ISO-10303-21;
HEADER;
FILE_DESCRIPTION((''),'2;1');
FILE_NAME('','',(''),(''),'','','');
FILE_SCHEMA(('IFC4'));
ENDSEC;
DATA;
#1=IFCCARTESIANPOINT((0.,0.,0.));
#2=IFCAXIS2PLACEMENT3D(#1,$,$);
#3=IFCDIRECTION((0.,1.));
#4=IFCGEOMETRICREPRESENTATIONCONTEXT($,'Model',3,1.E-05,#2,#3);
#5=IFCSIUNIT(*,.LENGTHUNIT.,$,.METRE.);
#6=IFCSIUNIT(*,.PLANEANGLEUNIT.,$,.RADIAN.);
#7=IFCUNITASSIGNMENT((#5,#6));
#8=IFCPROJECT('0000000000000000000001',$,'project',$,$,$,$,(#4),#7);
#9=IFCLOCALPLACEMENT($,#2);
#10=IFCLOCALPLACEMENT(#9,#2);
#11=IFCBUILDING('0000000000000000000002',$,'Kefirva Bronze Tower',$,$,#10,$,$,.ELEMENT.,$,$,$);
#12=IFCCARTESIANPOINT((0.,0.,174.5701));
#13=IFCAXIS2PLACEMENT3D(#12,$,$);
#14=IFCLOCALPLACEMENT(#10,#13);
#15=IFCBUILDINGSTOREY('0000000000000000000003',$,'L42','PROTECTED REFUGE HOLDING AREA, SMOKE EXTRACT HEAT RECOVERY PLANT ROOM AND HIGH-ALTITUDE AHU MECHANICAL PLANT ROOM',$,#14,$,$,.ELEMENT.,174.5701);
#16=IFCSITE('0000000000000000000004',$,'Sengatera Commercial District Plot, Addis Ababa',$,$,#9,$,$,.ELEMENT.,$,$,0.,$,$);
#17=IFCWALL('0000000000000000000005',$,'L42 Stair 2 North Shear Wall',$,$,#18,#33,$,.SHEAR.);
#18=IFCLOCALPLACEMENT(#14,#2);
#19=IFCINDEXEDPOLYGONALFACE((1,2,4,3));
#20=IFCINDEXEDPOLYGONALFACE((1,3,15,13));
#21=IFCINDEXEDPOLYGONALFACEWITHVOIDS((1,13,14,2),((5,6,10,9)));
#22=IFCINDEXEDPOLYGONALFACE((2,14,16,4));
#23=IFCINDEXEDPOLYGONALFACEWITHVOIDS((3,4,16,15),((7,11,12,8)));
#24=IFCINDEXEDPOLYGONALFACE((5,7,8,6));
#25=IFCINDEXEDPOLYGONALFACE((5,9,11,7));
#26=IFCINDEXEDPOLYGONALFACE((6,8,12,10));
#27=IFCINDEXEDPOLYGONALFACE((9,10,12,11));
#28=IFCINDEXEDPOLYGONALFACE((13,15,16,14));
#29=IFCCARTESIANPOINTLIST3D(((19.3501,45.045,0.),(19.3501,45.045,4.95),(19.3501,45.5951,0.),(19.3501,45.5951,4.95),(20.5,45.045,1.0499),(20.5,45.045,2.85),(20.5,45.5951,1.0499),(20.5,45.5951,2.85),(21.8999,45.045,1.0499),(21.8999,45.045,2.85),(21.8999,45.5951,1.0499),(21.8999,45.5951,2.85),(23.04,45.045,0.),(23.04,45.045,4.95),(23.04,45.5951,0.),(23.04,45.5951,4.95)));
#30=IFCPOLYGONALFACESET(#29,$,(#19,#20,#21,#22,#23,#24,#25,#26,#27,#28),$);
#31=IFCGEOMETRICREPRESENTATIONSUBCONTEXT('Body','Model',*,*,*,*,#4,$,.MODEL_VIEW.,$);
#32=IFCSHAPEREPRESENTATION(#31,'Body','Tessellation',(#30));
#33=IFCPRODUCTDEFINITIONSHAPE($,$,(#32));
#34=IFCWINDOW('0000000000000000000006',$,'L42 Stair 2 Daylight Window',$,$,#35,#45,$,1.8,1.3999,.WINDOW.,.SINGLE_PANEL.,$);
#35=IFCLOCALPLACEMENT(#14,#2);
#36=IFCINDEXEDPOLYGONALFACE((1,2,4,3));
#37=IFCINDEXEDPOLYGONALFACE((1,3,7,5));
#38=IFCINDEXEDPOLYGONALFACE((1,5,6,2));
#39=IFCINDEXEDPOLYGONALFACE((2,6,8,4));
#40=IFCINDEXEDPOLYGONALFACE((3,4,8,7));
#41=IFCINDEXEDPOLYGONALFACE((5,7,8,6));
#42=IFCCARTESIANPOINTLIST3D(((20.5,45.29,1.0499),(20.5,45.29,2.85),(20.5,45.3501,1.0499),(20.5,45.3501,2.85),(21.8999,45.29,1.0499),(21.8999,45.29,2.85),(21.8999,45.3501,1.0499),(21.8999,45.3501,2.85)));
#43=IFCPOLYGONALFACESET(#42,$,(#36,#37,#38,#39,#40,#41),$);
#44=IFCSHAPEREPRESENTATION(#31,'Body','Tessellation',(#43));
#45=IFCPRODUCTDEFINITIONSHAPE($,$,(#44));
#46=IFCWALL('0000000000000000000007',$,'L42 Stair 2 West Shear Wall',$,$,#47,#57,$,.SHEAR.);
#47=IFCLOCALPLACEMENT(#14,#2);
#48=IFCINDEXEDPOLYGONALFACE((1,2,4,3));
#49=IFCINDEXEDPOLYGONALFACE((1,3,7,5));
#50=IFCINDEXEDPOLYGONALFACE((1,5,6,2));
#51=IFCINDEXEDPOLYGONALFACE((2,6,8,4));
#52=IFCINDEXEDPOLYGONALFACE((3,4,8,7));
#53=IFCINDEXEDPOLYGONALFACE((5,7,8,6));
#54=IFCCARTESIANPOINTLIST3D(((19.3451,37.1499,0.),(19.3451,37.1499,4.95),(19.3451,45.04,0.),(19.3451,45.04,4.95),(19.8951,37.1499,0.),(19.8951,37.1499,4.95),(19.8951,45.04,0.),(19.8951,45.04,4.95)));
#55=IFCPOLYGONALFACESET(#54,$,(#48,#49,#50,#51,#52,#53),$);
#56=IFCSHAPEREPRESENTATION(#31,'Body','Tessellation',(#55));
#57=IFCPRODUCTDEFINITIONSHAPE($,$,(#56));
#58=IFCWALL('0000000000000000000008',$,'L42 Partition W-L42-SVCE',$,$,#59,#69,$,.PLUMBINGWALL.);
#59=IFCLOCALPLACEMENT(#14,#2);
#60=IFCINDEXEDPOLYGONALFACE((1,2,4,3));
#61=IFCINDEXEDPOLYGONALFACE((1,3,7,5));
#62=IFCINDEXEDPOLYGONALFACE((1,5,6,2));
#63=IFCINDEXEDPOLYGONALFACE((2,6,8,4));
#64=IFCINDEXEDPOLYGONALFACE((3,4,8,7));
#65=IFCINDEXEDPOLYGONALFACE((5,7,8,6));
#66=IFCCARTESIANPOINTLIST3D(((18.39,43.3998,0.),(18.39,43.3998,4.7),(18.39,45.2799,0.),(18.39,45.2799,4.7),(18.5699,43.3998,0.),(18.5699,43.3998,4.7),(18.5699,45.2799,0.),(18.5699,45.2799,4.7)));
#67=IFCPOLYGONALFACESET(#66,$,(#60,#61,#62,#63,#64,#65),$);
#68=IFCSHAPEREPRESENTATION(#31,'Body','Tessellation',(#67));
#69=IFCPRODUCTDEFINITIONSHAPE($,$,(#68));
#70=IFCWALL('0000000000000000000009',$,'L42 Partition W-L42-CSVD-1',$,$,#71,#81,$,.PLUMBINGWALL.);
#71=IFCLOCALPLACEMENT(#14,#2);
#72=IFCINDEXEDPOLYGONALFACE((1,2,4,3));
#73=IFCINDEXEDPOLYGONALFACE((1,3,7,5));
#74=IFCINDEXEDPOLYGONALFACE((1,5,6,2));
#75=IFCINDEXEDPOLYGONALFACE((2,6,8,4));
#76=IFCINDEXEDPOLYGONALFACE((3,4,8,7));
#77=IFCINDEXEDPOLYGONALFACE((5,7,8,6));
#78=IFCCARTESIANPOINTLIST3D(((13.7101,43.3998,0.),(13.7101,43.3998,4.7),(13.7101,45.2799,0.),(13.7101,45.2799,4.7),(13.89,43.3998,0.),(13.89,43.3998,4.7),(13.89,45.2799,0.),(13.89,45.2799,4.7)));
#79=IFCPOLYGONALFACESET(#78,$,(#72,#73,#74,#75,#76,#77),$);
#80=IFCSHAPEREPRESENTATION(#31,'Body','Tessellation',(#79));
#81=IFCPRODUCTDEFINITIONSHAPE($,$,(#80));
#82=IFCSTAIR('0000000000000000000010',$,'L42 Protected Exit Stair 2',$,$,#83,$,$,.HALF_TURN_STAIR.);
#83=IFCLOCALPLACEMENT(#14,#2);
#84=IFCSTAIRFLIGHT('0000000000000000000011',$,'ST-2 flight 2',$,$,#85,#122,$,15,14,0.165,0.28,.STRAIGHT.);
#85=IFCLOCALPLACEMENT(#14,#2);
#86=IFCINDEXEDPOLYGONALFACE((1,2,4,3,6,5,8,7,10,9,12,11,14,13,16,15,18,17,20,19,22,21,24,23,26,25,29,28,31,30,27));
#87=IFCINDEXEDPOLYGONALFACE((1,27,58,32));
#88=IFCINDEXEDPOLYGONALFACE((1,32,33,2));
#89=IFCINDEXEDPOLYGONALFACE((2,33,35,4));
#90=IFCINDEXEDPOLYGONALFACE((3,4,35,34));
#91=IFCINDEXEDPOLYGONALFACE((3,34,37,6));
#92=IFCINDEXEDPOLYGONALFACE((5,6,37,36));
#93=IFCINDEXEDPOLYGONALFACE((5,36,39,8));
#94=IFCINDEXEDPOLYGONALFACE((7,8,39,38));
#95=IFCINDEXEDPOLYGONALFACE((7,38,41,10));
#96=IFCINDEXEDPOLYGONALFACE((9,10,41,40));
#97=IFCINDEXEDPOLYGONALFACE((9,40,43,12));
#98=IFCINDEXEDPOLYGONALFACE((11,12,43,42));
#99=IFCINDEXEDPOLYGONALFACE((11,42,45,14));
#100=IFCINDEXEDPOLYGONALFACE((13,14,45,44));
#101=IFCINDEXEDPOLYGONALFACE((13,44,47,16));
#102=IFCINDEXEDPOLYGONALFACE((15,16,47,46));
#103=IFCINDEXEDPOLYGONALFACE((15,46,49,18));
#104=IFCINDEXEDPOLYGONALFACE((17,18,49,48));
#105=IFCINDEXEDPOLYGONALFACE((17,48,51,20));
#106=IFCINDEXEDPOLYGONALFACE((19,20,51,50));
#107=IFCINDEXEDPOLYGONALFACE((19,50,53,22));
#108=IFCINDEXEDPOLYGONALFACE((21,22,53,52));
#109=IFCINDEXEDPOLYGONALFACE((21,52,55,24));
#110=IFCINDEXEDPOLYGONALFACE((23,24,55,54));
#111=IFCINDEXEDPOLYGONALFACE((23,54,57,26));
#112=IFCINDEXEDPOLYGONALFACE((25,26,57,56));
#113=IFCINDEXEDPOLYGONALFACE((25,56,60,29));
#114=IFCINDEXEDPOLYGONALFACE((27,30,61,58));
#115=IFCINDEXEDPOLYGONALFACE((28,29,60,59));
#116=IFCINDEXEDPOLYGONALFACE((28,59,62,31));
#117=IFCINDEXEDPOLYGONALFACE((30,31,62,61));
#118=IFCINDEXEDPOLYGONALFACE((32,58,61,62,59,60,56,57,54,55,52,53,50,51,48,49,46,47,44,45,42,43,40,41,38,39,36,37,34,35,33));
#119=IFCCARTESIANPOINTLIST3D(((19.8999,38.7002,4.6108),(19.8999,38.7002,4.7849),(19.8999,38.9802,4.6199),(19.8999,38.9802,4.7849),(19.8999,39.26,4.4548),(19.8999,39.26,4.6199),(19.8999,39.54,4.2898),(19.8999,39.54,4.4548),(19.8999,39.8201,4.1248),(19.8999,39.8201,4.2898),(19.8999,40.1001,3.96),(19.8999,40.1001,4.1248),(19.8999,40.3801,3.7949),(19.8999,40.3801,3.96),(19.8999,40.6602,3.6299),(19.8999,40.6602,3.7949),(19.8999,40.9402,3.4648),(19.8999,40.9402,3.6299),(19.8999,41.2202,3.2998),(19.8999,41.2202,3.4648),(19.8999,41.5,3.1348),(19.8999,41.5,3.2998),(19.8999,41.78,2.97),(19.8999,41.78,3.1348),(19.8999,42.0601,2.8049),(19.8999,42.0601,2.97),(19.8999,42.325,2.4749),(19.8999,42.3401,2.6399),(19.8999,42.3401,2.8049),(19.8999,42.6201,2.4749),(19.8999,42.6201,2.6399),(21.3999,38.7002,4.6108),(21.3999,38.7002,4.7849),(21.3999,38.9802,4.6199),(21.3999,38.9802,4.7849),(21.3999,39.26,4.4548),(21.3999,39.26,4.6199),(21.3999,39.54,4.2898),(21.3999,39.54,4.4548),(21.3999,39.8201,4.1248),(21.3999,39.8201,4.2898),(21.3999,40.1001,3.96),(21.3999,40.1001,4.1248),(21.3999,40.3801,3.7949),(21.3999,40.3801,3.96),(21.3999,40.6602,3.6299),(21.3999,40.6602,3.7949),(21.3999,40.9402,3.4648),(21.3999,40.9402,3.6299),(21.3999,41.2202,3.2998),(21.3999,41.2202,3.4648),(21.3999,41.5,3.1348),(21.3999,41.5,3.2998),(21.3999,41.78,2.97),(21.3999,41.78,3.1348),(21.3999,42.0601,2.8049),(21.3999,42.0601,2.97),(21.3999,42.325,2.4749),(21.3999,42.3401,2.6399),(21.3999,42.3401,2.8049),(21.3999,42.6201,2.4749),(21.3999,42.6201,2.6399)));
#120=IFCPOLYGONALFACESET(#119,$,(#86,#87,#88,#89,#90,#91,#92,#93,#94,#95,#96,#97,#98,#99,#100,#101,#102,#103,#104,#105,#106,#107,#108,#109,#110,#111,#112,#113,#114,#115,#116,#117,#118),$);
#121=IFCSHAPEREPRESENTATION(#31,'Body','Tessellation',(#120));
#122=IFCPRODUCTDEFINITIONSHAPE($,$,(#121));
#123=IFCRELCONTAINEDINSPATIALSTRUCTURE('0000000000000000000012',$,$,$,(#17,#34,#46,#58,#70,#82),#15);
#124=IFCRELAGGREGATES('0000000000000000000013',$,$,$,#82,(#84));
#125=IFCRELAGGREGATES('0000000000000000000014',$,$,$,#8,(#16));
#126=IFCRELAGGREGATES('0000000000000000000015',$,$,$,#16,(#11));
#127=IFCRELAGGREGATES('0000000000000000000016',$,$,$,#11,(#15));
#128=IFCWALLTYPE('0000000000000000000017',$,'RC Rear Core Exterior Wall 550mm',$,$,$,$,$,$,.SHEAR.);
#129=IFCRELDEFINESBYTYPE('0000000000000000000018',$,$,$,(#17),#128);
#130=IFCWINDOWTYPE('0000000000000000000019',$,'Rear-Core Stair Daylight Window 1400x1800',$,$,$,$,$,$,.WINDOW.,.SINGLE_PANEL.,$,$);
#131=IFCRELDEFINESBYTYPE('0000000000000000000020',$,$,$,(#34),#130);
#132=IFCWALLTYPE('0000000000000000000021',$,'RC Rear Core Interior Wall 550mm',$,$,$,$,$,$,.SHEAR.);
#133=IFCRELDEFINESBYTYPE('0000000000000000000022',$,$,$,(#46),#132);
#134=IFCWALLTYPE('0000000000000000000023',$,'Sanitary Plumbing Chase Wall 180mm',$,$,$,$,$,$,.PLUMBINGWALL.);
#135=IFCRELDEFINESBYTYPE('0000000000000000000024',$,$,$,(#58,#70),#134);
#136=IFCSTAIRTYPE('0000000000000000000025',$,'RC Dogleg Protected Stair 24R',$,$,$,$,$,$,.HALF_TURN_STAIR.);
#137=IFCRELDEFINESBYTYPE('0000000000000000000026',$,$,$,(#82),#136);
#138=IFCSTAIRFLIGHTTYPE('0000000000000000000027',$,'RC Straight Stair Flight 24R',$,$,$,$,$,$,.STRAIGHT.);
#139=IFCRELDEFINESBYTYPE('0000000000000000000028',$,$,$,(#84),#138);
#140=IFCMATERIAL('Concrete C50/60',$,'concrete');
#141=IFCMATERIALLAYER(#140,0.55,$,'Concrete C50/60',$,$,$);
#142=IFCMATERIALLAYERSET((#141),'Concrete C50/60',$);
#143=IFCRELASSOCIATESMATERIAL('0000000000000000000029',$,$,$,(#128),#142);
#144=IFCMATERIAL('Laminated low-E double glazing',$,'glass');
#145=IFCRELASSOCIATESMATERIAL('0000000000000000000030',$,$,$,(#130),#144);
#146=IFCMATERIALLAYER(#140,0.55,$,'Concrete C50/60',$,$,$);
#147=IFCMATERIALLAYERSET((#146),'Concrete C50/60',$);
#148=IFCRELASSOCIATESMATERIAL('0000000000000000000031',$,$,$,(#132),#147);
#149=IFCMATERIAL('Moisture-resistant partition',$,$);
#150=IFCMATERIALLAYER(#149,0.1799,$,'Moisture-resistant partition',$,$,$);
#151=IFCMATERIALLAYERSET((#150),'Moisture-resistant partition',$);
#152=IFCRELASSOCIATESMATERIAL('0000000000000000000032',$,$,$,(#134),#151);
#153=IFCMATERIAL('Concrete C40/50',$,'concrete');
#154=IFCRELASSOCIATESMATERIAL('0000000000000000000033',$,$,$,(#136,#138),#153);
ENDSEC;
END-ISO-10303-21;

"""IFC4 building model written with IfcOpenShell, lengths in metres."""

from ifc_helpers import new_model, si_unit, direction, frame, frame_2d, origin, place, context, subcontext, project, spatial, polyline, rectangle, outline, extrude, material, layer, layer_set, type_object, element, fill, aggregate, save


model = new_model("IFC4")

# Units and contexts
model_context = context("Model", 3, precision=1e-05, world=origin(), true_north=direction((0.0, 1.0)))
body_context = subcontext(model_context, "Body", "Model", "MODEL_VIEW")
ifc_project = project(units=[si_unit("LENGTHUNIT", "METRE"), si_unit("PLANEANGLEUNIT", "RADIAN")], contexts=[model_context])

# Site, building, storey
site_placement = place(None, origin())
site = spatial("IfcSite", under=ifc_project, at=site_placement, Name="Sengatera Commercial District Plot, Addis Ababa", CompositionType="ELEMENT", RefElevation=0.0)
building_placement = place(site_placement, origin())
building = spatial("IfcBuilding", under=site, at=building_placement, Name="Kefirva Bronze Tower", CompositionType="ELEMENT")
storey_placement = place(building_placement, frame((0.0, 0.0, 174.5701)))
storey = spatial("IfcBuildingStorey", under=building, at=storey_placement, Name="L42", Description="PROTECTED REFUGE HOLDING AREA, SMOKE EXTRACT HEAT RECOVERY PLANT ROOM AND HIGH-ALTITUDE AHU MECHANICAL PLANT ROOM", CompositionType="ELEMENT", Elevation=174.5701)

# Shared definitions
ifc_material_1 = material(Name="Concrete C50/60", Category="concrete")

# Wall, opening, window
ifc_layer_1 = layer(ifc_material_1, 0.55, Name="Concrete C50/60")
ifc_layer_set_1 = layer_set([ifc_layer_1], Name="Concrete C50/60")
wall_type_1 = type_object("IfcWallType", Name="RC Rear Core Exterior Wall 550mm", PredefinedType="SHEAR", material=ifc_layer_set_1)
wall_1_placement = place(storey_placement, frame((19.3501, 45.3201, 0.0), z_axis=(0.0, 0.0, 1.0), x_axis=(1.0, 0.0, 0.0)))
wall_1 = element("IfcWall", 1, at=wall_1_placement, inside=storey, type_object=wall_type_1, Name="L42 Stair 2 North Shear Wall", PredefinedType="SHEAR", context=body_context, shape_type="SweptSolid", body=[
    extrude(rectangle(XDim=3.6899, YDim=0.55, at=frame_2d((1.845, 0.0))), origin(), (0.0, 0.0, 1.0), 4.95),
])
opening_1_placement = place(wall_1_placement, frame((1.1499, 0.0, 1.05)))
opening_1 = element("IfcOpeningElement", 2, at=opening_1_placement, cuts=wall_1, PredefinedType="OPENING", context=body_context, shape_type="SweptSolid", body=[
    extrude(rectangle(XDim=1.3999, YDim=1.8, at=frame_2d((0.7, 0.8999))), frame((0.0, 0.2852, 0.0), z_axis=(0.0, -1.0, 0.0), x_axis=(1.0, 0.0, 0.0)), (0.0, 0.0, 1.0), 0.5701),
])
ifc_material_2 = material(Name="Laminated low-E double glazing", Category="glass")
window_type = type_object("IfcWindowType", Name="Rear-Core Stair Daylight Window 1400x1800", PartitioningType="SINGLE_PANEL", PredefinedType="WINDOW", material=ifc_material_2)
window_placement = place(opening_1_placement, origin())
window = element("IfcWindow", 3, at=window_placement, inside=storey, type_object=window_type, Name="L42 Stair 2 Daylight Window", OverallHeight=1.8, OverallWidth=1.3999, PartitioningType="SINGLE_PANEL", PredefinedType="WINDOW", context=body_context, shape_type="SweptSolid", body=[
    extrude(rectangle(XDim=1.3999, YDim=1.8, at=frame_2d((0.7, 0.8999))), frame((0.0, 0.03, 0.0), z_axis=(0.0, -1.0, 0.0), x_axis=(1.0, 0.0, 0.0)), (0.0, 0.0, 1.0), 0.0601),
])
fill(opening_1, window)

# Walls
ifc_layer_2 = layer(ifc_material_1, 0.55, Name="Concrete C50/60")
ifc_layer_set_2 = layer_set([ifc_layer_2], Name="Concrete C50/60")
wall_type_2 = type_object("IfcWallType", Name="RC Rear Core Interior Wall 550mm", PredefinedType="SHEAR", material=ifc_layer_set_2)
wall_2_placement = place(storey_placement, frame((19.6201, 37.1499, 0.0), z_axis=(0.0, 0.0, 1.0), x_axis=(0.0, 1.0, 0.0)))
element("IfcWall", 4, at=wall_2_placement, inside=storey, type_object=wall_type_2, Name="L42 Stair 2 West Shear Wall", PredefinedType="SHEAR", context=body_context, shape_type="SweptSolid", body=[
    extrude(rectangle(XDim=7.8901, YDim=0.55, at=frame_2d((3.9451, 0.0))), origin(), (0.0, 0.0, 1.0), 4.95),
])
ifc_material_3 = material(Name="Moisture-resistant partition")
ifc_layer_3 = layer(ifc_material_3, 0.1799, Name="Moisture-resistant partition")
ifc_layer_set_3 = layer_set([ifc_layer_3], Name="Moisture-resistant partition")
wall_type_3 = type_object("IfcWallType", Name="Sanitary Plumbing Chase Wall 180mm", PredefinedType="PLUMBINGWALL", material=ifc_layer_set_3)
for number, where, z_axis, x_axis, name in (
    (5, (18.48, 43.3999, 0.0), (0.0, 0.0, 1.0), (0.0, 1.0, 0.0), "L42 Partition W-L42-SVCE"),
    (6, (13.8, 43.3999, 0.0), (0.0, 0.0, 1.0), (0.0, 1.0, 0.0), "L42 Partition W-L42-CSVD-1"),
):
    element("IfcWall", number, at=place(storey_placement, frame(where, z_axis=z_axis, x_axis=x_axis)), inside=storey, type_object=wall_type_3, Name=name, PredefinedType="PLUMBINGWALL", context=body_context, shape_type="SweptSolid", body=[
        extrude(rectangle(XDim=1.8801, YDim=0.1799, at=frame_2d((0.9399, 0.0))), origin(), (0.0, 0.0, 1.0), 4.7),
    ])

# Stair, stair flight
ifc_material_4 = material(Name="Concrete C40/50", Category="concrete")
stair_type = type_object("IfcStairType", Name="RC Dogleg Protected Stair 24R", PredefinedType="HALF_TURN_STAIR", material=ifc_material_4)
stair_placement = place(storey_placement, origin())
stair = element("IfcStair", 7, at=stair_placement, inside=storey, type_object=stair_type, Name="L42 Protected Exit Stair 2", PredefinedType="HALF_TURN_STAIR")
stair_flight_type = type_object("IfcStairFlightType", Name="RC Straight Stair Flight 24R", PredefinedType="STRAIGHT", material=ifc_material_4)
stair_flight_placement = place(storey_placement, frame((20.6499, 42.6201, 2.4749), z_axis=(0.0, 0.0, 1.0), x_axis=(0.0, -1.0, 0.0)))
stair_flight = element("IfcStairFlight", 8, at=stair_flight_placement, type_object=stair_flight_type, Name="ST-2 flight 2", NumberOfRisers=15, NumberOfTreads=14, PredefinedType="STRAIGHT", RiserHeight=0.165, TreadLength=0.28, context=body_context, shape_type="SweptSolid", body=[
    extrude(outline(polyline([(0.0, 0.0), (0.0, 0.165), (0.28, 0.165), (0.28, 0.3301), (0.5601, 0.3301), (0.5601, 0.4951), (0.8401, 0.4951), (0.8401, 0.6599), (1.1201, 0.6599), (1.1201, 0.825), (1.3999, 0.825), (1.3999, 0.99), (1.6799, 0.99), (1.6799, 1.155), (1.96, 1.155), (1.96, 1.3201), (2.24, 1.3201), (2.24, 1.4851), (2.52, 1.4851), (2.52, 1.6499), (2.8, 1.6499), (2.8, 1.8149), (3.0801, 1.8149), (3.0801, 1.98), (3.3601, 1.98), (3.3601, 2.145), (3.6399, 2.145), (3.6399, 2.3101), (3.9199, 2.3101), (3.9199, 2.4751), (3.9199, 2.136), (0.2952, 0.0), (0.0, 0.0)])), frame((0.0, 0.75, 0.0), z_axis=(0.0, -1.0, 0.0), x_axis=(1.0, 0.0, 0.0)), (0.0, 0.0, 1.0), 1.5),
])
aggregate(stair, [stair_flight])

save(model, "model.ifc")
